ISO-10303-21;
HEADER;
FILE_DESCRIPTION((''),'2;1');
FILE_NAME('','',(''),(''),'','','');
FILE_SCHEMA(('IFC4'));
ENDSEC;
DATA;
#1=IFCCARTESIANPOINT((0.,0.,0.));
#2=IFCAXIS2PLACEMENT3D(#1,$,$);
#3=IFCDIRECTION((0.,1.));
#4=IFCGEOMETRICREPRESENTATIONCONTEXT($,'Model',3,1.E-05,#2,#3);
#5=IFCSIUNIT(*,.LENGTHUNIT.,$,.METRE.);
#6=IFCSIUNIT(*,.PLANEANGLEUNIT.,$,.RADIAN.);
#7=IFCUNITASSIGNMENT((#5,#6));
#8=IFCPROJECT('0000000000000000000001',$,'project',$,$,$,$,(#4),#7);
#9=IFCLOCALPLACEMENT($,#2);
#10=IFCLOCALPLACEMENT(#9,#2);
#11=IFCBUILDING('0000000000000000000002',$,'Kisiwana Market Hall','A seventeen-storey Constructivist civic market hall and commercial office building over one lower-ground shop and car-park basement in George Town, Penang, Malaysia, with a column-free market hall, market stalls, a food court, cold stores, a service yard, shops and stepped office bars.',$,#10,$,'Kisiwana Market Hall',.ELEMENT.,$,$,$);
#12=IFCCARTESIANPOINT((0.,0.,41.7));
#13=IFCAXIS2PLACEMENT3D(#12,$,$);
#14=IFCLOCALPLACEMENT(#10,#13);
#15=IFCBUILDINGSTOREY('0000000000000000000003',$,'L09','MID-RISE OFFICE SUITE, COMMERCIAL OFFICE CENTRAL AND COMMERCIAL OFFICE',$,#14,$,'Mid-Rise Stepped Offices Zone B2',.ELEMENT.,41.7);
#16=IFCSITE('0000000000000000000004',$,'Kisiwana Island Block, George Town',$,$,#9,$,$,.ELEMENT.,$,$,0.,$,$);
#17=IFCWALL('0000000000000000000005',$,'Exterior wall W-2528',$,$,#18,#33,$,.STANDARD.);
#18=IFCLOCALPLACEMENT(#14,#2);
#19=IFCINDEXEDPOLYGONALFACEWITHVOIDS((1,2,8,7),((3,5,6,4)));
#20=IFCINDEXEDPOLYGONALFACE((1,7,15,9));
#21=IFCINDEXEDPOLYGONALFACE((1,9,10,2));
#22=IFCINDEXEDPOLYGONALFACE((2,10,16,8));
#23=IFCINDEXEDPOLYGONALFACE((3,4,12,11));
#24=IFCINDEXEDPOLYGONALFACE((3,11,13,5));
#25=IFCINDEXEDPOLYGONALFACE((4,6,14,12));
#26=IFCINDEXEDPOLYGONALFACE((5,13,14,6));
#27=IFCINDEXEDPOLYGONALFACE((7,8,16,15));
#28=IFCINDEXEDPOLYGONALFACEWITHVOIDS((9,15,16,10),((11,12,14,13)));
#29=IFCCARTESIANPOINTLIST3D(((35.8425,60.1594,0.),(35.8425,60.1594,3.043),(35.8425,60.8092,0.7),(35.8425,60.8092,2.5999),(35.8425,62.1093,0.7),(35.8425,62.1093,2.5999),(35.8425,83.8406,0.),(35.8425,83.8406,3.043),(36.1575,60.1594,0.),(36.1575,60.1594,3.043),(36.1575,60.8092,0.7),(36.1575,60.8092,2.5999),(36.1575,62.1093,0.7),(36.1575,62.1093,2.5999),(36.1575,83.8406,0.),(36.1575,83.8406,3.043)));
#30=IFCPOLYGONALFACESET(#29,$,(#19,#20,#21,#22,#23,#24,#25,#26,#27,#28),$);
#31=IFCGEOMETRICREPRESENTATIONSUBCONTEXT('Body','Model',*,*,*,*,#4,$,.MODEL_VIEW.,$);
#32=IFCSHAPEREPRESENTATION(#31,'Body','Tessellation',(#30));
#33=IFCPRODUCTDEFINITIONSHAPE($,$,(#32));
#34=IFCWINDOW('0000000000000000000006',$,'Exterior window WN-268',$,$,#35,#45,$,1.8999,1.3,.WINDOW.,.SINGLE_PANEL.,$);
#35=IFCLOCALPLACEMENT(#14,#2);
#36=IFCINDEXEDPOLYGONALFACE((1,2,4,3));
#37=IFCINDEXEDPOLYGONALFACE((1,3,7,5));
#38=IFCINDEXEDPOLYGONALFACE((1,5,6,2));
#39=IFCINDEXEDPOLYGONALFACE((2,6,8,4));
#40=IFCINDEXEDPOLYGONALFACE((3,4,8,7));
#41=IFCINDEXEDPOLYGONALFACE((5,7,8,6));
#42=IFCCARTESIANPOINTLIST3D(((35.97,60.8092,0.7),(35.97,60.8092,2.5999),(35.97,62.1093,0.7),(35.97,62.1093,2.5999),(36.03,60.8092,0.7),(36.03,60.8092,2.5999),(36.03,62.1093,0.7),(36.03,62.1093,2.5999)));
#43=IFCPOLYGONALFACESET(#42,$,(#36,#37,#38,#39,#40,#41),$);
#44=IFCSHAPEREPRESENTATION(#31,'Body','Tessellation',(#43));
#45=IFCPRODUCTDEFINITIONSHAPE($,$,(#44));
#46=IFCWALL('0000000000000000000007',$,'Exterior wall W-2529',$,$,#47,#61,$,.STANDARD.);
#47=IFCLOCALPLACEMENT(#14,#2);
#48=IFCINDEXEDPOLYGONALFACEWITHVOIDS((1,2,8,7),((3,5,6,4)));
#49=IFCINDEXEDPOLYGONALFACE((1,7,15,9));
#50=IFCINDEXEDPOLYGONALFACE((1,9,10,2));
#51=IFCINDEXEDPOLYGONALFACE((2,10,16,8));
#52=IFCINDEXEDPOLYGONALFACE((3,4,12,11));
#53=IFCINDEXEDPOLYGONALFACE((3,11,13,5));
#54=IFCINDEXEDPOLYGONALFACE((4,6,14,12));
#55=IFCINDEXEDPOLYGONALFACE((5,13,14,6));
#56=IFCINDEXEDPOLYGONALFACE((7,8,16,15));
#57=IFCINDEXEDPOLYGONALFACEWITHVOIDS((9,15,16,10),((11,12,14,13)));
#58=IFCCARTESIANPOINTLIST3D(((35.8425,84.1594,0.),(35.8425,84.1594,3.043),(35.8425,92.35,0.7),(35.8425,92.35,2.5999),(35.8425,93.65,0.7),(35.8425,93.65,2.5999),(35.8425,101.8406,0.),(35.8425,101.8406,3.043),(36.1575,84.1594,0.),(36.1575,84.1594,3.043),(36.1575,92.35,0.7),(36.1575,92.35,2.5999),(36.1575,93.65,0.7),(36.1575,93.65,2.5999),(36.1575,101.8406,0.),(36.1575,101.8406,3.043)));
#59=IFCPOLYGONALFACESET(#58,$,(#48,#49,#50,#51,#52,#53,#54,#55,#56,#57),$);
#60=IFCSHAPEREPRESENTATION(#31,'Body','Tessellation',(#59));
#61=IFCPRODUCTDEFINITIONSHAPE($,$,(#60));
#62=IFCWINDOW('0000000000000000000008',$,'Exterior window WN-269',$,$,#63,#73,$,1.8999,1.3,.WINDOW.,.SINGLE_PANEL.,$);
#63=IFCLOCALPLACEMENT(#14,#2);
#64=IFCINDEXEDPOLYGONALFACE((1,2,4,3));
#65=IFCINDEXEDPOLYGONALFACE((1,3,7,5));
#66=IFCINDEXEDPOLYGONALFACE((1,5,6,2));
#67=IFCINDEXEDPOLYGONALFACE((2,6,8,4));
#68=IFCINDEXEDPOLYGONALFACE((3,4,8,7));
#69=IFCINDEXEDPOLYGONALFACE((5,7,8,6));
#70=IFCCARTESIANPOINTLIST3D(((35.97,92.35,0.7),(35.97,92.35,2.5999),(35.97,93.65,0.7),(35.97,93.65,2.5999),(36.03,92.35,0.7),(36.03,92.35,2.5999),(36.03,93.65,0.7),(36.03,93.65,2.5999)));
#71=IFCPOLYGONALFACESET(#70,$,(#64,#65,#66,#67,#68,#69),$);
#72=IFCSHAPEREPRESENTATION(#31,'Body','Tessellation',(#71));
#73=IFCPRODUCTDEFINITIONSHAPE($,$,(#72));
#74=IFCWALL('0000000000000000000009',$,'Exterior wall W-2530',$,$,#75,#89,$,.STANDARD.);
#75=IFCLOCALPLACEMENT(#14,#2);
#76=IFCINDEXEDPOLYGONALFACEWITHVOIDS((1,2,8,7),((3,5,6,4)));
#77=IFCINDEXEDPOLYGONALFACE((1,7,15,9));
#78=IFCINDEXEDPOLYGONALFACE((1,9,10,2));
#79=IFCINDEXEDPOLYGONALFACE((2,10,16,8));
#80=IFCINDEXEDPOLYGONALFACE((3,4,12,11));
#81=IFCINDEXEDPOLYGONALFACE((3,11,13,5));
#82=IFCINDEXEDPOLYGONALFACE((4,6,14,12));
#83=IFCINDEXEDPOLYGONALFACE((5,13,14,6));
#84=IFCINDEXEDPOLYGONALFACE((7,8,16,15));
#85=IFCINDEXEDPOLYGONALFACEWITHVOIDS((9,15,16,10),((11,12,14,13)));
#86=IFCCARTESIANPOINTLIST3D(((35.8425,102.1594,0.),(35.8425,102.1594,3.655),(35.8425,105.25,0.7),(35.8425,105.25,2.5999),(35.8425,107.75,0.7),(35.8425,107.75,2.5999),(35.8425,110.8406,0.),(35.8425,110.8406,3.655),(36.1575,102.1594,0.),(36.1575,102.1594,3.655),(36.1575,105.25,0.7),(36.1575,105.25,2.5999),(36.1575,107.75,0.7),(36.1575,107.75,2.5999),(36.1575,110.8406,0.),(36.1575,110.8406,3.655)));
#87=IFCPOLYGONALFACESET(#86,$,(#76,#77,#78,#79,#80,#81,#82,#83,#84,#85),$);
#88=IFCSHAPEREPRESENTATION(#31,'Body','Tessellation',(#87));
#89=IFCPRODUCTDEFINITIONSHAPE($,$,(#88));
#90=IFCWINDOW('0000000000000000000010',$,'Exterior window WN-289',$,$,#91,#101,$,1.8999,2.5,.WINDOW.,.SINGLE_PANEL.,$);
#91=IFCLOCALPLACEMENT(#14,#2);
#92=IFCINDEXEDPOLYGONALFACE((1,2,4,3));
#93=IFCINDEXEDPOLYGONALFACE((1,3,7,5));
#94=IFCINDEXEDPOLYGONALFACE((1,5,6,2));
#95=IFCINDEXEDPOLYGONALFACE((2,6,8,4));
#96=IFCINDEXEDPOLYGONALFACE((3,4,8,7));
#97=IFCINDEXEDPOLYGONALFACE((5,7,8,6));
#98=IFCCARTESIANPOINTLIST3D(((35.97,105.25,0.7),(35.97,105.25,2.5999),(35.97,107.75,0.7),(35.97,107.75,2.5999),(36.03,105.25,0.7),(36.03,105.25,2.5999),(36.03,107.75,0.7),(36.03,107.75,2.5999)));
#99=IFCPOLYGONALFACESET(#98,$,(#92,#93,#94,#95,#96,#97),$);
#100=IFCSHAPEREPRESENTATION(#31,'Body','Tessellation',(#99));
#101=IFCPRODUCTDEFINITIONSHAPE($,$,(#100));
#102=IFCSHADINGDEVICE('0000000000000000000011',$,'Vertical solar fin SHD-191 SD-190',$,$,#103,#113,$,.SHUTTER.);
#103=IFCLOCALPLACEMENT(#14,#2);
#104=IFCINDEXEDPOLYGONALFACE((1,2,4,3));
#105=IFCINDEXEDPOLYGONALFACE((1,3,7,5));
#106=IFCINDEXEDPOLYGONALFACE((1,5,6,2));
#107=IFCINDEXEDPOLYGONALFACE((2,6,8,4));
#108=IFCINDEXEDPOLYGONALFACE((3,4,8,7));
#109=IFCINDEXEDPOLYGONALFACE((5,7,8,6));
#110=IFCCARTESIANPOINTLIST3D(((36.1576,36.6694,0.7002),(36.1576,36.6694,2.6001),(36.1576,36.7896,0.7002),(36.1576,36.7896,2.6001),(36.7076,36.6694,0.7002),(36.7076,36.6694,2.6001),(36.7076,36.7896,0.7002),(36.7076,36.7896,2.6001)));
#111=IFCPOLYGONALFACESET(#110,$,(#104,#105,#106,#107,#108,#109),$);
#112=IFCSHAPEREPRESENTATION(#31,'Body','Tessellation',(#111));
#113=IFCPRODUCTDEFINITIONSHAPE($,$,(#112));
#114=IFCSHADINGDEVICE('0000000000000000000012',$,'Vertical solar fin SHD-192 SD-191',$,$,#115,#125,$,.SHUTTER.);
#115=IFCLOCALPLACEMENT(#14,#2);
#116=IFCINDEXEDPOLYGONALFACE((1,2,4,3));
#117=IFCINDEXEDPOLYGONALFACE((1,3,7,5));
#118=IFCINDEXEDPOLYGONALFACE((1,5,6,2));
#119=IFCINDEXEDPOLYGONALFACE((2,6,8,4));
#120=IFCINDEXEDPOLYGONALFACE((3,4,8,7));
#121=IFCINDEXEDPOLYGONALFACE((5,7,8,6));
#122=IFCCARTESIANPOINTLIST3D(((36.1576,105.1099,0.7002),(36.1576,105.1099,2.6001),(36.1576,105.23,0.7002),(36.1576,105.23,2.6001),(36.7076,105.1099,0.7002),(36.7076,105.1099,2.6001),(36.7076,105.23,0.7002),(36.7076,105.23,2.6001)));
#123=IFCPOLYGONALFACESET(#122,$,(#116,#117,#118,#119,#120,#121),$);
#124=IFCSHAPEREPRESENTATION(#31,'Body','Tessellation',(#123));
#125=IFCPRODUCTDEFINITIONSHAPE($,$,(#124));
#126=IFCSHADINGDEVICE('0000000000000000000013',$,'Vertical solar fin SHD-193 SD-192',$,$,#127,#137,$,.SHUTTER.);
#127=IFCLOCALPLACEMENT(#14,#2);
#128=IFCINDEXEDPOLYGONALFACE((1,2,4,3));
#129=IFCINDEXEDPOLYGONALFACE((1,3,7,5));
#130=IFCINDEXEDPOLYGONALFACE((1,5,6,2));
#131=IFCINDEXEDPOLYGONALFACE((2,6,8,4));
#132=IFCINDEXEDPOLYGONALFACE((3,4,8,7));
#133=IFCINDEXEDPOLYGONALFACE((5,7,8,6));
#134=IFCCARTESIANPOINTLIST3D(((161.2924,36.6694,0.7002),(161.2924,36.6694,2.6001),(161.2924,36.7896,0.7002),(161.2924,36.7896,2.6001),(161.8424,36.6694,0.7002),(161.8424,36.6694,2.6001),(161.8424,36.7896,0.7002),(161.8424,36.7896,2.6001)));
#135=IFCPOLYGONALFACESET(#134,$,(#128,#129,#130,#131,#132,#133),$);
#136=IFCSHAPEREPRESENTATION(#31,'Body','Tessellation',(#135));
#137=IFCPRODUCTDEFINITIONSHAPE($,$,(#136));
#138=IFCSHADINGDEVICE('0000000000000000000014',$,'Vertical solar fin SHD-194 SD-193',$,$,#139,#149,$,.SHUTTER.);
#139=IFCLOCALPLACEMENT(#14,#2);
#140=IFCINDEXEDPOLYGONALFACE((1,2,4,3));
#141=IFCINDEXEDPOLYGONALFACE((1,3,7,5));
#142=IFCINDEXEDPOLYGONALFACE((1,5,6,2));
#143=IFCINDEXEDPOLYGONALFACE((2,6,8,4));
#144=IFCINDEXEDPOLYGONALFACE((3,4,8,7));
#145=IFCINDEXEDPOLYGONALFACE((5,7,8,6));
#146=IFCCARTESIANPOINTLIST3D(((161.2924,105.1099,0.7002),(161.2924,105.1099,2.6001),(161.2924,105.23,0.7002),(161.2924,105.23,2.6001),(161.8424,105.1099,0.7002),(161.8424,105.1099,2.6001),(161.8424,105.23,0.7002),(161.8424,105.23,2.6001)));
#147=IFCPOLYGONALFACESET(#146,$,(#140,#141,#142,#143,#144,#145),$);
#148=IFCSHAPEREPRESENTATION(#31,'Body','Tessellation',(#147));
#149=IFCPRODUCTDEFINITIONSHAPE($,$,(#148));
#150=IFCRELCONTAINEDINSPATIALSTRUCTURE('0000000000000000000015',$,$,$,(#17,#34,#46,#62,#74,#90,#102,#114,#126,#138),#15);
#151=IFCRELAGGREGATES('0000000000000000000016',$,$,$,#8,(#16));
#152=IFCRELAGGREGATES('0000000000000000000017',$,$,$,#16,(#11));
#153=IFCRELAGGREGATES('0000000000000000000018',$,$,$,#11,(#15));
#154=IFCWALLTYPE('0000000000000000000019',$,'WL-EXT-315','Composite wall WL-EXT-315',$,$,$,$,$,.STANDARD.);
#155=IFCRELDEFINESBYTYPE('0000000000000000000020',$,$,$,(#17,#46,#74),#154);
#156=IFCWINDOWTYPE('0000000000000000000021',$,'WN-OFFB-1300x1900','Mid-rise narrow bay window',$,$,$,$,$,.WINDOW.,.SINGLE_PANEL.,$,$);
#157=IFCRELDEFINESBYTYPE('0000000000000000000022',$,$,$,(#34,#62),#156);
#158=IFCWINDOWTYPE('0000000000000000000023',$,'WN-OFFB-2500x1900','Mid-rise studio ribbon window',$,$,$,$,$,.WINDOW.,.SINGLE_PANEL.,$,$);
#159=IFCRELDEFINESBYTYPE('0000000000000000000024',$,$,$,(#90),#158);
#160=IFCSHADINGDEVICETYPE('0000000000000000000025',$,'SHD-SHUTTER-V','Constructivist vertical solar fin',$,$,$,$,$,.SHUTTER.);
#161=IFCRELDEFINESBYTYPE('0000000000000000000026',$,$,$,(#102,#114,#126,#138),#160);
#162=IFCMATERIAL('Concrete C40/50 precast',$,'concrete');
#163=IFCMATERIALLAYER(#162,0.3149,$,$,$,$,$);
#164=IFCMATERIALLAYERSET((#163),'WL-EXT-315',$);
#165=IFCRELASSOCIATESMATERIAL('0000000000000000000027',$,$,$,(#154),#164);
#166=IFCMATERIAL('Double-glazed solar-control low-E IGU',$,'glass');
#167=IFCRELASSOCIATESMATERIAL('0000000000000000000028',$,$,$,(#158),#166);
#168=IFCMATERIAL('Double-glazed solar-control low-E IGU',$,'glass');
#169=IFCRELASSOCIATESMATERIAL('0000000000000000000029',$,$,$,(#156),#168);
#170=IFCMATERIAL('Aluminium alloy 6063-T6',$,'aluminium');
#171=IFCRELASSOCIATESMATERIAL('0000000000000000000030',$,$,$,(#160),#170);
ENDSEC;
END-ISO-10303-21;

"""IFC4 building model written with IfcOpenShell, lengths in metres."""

from ifc_helpers import new_model, si_unit, direction, frame, frame_2d, origin, origin_2d, place, context, subcontext, project, spatial, rectangle, extrude, material, layer, layer_set, type_object, element, fill, save


model = new_model("IFC4")

# Units and contexts
model_context = context("Model", 3, precision=1e-05, world=origin(), true_north=direction((0.0, 1.0)))
body_context = subcontext(model_context, "Body", "Model", "MODEL_VIEW")
ifc_project = project(units=[si_unit("LENGTHUNIT", "METRE"), si_unit("PLANEANGLEUNIT", "RADIAN")], contexts=[model_context])

# Site, building, storey
site_placement = place(None, origin())
site = spatial("IfcSite", under=ifc_project, at=site_placement, Name="Kisiwana Island Block, George Town", CompositionType="ELEMENT", RefElevation=0.0)
building_placement = place(site_placement, origin())
building = spatial("IfcBuilding", under=site, at=building_placement, Name="Kisiwana Market Hall", Description="A seventeen-storey Constructivist civic market hall and commercial office building over one lower-ground shop and car-park basement in George Town, Penang, Malaysia, with a column-free market hall, market stalls, a food court, cold stores, a service yard, shops and stepped office bars.", LongName="Kisiwana Market Hall", CompositionType="ELEMENT")
storey_placement = place(building_placement, frame((0.0, 0.0, 41.7)))
storey = spatial("IfcBuildingStorey", under=building, at=storey_placement, Name="L09", Description="MID-RISE OFFICE SUITE, COMMERCIAL OFFICE CENTRAL AND COMMERCIAL OFFICE", LongName="Mid-Rise Stepped Offices Zone B2", CompositionType="ELEMENT", Elevation=41.7)

# Walls, openings, windows
ifc_material_1 = material(Name="Concrete C40/50 precast", Category="concrete")
ifc_layer = layer(ifc_material_1, 0.3149)
ifc_layer_set = layer_set([ifc_layer], Name="WL-EXT-315")
wall_type = type_object("IfcWallType", Name="WL-EXT-315", Description="Composite wall WL-EXT-315", PredefinedType="STANDARD", material=ifc_layer_set)
ifc_material_2 = material(Name="Double-glazed solar-control low-E IGU", Category="glass")
window_type_1 = type_object("IfcWindowType", Name="WN-OFFB-2500x1900", Description="Mid-rise studio ribbon window", PartitioningType="SINGLE_PANEL", PredefinedType="WINDOW", material=ifc_material_2)
ifc_material_3 = material(Name="Double-glazed solar-control low-E IGU", Category="glass")
window_type_2 = type_object("IfcWindowType", Name="WN-OFFB-1300x1900", Description="Mid-rise narrow bay window", PartitioningType="SINGLE_PANEL", PredefinedType="WINDOW", material=ifc_material_3)
wall_1_placement = place(storey_placement, frame((36.0, 60.1594, 0.0), z_axis=(0.0, 0.0, 1.0), x_axis=(0.0, 1.0, 0.0)))
wall_1 = element("IfcWall", 1, at=wall_1_placement, inside=storey, type_object=wall_type, Name="Exterior wall W-2528", PredefinedType="STANDARD", context=body_context, shape_type="SweptSolid", body=[
    extrude(rectangle(XDim=23.6812, YDim=0.3149, at=frame_2d((11.8406, 0.0))), origin(), (0.0, 0.0, 1.0), 3.043),
])
opening_1_placement = place(wall_1_placement, frame((0.6499, 0.0, 0.7)))
opening_1 = element("IfcOpeningElement", 2, at=opening_1_placement, cuts=wall_1, PredefinedType="OPENING", context=body_context, shape_type="SweptSolid", body=[
    extrude(rectangle(XDim=1.3, YDim=1.8999, at=frame_2d((0.6499, 0.95))), frame((0.0, 0.1694, 0.0), z_axis=(0.0, -1.0, 0.0), x_axis=(1.0, 0.0, 0.0)), (0.0, 0.0, 1.0), 0.3389),
])
window_1_placement = place(opening_1_placement, origin())
window_1 = element("IfcWindow", 3, at=window_1_placement, inside=storey, type_object=window_type_2, Name="Exterior window WN-268", OverallHeight=1.8999, OverallWidth=1.3, PartitioningType="SINGLE_PANEL", PredefinedType="WINDOW", context=body_context, shape_type="SweptSolid", body=[
    extrude(rectangle(XDim=1.3, YDim=1.8999, at=frame_2d((0.6499, 0.95))), frame((0.0, 0.03, 0.0), z_axis=(0.0, -1.0, 0.0), x_axis=(1.0, 0.0, 0.0)), (0.0, 0.0, 1.0), 0.0601),
])
fill(opening_1, window_1)
wall_2_placement = place(storey_placement, frame((36.0, 84.1594, 0.0), z_axis=(0.0, 0.0, 1.0), x_axis=(0.0, 1.0, 0.0)))
wall_2 = element("IfcWall", 4, at=wall_2_placement, inside=storey, type_object=wall_type, Name="Exterior wall W-2529", PredefinedType="STANDARD", context=body_context, shape_type="SweptSolid", body=[
    extrude(rectangle(XDim=17.6812, YDim=0.3149, at=frame_2d((8.8406, 0.0))), origin(), (0.0, 0.0, 1.0), 3.043),
])
opening_2_placement = place(wall_2_placement, frame((8.1907, 0.0, 0.7)))
opening_2 = element("IfcOpeningElement", 5, at=opening_2_placement, cuts=wall_2, PredefinedType="OPENING", context=body_context, shape_type="SweptSolid", body=[
    extrude(rectangle(XDim=1.3, YDim=1.8999, at=frame_2d((0.6499, 0.95))), frame((0.0, 0.1694, 0.0), z_axis=(0.0, -1.0, 0.0), x_axis=(1.0, 0.0, 0.0)), (0.0, 0.0, 1.0), 0.3389),
])
window_2_placement = place(opening_2_placement, origin())
window_2 = element("IfcWindow", 6, at=window_2_placement, inside=storey, type_object=window_type_2, Name="Exterior window WN-269", OverallHeight=1.8999, OverallWidth=1.3, PartitioningType="SINGLE_PANEL", PredefinedType="WINDOW", context=body_context, shape_type="SweptSolid", body=[
    extrude(rectangle(XDim=1.3, YDim=1.8999, at=frame_2d((0.6499, 0.95))), frame((0.0, 0.03, 0.0), z_axis=(0.0, -1.0, 0.0), x_axis=(1.0, 0.0, 0.0)), (0.0, 0.0, 1.0), 0.0601),
])
fill(opening_2, window_2)
wall_3_placement = place(storey_placement, frame((36.0, 102.1594, 0.0), z_axis=(0.0, 0.0, 1.0), x_axis=(0.0, 1.0, 0.0)))
wall_3 = element("IfcWall", 7, at=wall_3_placement, inside=storey, type_object=wall_type, Name="Exterior wall W-2530", PredefinedType="STANDARD", context=body_context, shape_type="SweptSolid", body=[
    extrude(rectangle(XDim=8.6812, YDim=0.3149, at=frame_2d((4.3406, 0.0))), origin(), (0.0, 0.0, 1.0), 3.655),
])
opening_3_placement = place(wall_3_placement, frame((3.0906, 0.0, 0.7)))
opening_3 = element("IfcOpeningElement", 8, at=opening_3_placement, cuts=wall_3, PredefinedType="OPENING", context=body_context, shape_type="SweptSolid", body=[
    extrude(rectangle(XDim=2.5, YDim=1.8999, at=frame_2d((1.25, 0.95))), frame((0.0, 0.1694, 0.0), z_axis=(0.0, -1.0, 0.0), x_axis=(1.0, 0.0, 0.0)), (0.0, 0.0, 1.0), 0.3389),
])
window_3_placement = place(opening_3_placement, origin())
window_3 = element("IfcWindow", 9, at=window_3_placement, inside=storey, type_object=window_type_1, Name="Exterior window WN-289", OverallHeight=1.8999, OverallWidth=2.5, PartitioningType="SINGLE_PANEL", PredefinedType="WINDOW", context=body_context, shape_type="SweptSolid", body=[
    extrude(rectangle(XDim=2.5, YDim=1.8999, at=frame_2d((1.25, 0.95))), frame((0.0, 0.03, 0.0), z_axis=(0.0, -1.0, 0.0), x_axis=(1.0, 0.0, 0.0)), (0.0, 0.0, 1.0), 0.0601),
])
fill(opening_3, window_3)

# Shading devices
ifc_material_4 = material(Name="Aluminium alloy 6063-T6", Category="aluminium")
shading_device_type = type_object("IfcShadingDeviceType", Name="SHD-SHUTTER-V", Description="Constructivist vertical solar fin", PredefinedType="SHUTTER", material=ifc_material_4)
for number, where, z_axis, x_axis, name in (
    (10, (36.4326, 36.7295, 0.7002), (0.0, 0.0, 1.0), (0.0, 1.0, 0.0), "Vertical solar fin SHD-191 SD-190"),
    (11, (36.4326, 105.1699, 0.7002), (0.0, 0.0, 1.0), (0.0, 1.0, 0.0), "Vertical solar fin SHD-192 SD-191"),
    (12, (161.5674, 36.7295, 0.7002), (0.0, 0.0, 1.0), (0.0, 1.0, 0.0), "Vertical solar fin SHD-193 SD-192"),
    (13, (161.5674, 105.1699, 0.7002), (0.0, 0.0, 1.0), (0.0, 1.0, 0.0), "Vertical solar fin SHD-194 SD-193"),
):
    element("IfcShadingDevice", number, at=place(storey_placement, frame(where, z_axis=z_axis, x_axis=x_axis)), inside=storey, type_object=shading_device_type, Name=name, PredefinedType="SHUTTER", context=body_context, shape_type="SweptSolid", body=[
        extrude(rectangle(XDim=0.1201, YDim=0.55, at=origin_2d()), origin(), (0.0, 0.0, 1.0), 1.8999),
    ])

save(model, "model.ifc")
